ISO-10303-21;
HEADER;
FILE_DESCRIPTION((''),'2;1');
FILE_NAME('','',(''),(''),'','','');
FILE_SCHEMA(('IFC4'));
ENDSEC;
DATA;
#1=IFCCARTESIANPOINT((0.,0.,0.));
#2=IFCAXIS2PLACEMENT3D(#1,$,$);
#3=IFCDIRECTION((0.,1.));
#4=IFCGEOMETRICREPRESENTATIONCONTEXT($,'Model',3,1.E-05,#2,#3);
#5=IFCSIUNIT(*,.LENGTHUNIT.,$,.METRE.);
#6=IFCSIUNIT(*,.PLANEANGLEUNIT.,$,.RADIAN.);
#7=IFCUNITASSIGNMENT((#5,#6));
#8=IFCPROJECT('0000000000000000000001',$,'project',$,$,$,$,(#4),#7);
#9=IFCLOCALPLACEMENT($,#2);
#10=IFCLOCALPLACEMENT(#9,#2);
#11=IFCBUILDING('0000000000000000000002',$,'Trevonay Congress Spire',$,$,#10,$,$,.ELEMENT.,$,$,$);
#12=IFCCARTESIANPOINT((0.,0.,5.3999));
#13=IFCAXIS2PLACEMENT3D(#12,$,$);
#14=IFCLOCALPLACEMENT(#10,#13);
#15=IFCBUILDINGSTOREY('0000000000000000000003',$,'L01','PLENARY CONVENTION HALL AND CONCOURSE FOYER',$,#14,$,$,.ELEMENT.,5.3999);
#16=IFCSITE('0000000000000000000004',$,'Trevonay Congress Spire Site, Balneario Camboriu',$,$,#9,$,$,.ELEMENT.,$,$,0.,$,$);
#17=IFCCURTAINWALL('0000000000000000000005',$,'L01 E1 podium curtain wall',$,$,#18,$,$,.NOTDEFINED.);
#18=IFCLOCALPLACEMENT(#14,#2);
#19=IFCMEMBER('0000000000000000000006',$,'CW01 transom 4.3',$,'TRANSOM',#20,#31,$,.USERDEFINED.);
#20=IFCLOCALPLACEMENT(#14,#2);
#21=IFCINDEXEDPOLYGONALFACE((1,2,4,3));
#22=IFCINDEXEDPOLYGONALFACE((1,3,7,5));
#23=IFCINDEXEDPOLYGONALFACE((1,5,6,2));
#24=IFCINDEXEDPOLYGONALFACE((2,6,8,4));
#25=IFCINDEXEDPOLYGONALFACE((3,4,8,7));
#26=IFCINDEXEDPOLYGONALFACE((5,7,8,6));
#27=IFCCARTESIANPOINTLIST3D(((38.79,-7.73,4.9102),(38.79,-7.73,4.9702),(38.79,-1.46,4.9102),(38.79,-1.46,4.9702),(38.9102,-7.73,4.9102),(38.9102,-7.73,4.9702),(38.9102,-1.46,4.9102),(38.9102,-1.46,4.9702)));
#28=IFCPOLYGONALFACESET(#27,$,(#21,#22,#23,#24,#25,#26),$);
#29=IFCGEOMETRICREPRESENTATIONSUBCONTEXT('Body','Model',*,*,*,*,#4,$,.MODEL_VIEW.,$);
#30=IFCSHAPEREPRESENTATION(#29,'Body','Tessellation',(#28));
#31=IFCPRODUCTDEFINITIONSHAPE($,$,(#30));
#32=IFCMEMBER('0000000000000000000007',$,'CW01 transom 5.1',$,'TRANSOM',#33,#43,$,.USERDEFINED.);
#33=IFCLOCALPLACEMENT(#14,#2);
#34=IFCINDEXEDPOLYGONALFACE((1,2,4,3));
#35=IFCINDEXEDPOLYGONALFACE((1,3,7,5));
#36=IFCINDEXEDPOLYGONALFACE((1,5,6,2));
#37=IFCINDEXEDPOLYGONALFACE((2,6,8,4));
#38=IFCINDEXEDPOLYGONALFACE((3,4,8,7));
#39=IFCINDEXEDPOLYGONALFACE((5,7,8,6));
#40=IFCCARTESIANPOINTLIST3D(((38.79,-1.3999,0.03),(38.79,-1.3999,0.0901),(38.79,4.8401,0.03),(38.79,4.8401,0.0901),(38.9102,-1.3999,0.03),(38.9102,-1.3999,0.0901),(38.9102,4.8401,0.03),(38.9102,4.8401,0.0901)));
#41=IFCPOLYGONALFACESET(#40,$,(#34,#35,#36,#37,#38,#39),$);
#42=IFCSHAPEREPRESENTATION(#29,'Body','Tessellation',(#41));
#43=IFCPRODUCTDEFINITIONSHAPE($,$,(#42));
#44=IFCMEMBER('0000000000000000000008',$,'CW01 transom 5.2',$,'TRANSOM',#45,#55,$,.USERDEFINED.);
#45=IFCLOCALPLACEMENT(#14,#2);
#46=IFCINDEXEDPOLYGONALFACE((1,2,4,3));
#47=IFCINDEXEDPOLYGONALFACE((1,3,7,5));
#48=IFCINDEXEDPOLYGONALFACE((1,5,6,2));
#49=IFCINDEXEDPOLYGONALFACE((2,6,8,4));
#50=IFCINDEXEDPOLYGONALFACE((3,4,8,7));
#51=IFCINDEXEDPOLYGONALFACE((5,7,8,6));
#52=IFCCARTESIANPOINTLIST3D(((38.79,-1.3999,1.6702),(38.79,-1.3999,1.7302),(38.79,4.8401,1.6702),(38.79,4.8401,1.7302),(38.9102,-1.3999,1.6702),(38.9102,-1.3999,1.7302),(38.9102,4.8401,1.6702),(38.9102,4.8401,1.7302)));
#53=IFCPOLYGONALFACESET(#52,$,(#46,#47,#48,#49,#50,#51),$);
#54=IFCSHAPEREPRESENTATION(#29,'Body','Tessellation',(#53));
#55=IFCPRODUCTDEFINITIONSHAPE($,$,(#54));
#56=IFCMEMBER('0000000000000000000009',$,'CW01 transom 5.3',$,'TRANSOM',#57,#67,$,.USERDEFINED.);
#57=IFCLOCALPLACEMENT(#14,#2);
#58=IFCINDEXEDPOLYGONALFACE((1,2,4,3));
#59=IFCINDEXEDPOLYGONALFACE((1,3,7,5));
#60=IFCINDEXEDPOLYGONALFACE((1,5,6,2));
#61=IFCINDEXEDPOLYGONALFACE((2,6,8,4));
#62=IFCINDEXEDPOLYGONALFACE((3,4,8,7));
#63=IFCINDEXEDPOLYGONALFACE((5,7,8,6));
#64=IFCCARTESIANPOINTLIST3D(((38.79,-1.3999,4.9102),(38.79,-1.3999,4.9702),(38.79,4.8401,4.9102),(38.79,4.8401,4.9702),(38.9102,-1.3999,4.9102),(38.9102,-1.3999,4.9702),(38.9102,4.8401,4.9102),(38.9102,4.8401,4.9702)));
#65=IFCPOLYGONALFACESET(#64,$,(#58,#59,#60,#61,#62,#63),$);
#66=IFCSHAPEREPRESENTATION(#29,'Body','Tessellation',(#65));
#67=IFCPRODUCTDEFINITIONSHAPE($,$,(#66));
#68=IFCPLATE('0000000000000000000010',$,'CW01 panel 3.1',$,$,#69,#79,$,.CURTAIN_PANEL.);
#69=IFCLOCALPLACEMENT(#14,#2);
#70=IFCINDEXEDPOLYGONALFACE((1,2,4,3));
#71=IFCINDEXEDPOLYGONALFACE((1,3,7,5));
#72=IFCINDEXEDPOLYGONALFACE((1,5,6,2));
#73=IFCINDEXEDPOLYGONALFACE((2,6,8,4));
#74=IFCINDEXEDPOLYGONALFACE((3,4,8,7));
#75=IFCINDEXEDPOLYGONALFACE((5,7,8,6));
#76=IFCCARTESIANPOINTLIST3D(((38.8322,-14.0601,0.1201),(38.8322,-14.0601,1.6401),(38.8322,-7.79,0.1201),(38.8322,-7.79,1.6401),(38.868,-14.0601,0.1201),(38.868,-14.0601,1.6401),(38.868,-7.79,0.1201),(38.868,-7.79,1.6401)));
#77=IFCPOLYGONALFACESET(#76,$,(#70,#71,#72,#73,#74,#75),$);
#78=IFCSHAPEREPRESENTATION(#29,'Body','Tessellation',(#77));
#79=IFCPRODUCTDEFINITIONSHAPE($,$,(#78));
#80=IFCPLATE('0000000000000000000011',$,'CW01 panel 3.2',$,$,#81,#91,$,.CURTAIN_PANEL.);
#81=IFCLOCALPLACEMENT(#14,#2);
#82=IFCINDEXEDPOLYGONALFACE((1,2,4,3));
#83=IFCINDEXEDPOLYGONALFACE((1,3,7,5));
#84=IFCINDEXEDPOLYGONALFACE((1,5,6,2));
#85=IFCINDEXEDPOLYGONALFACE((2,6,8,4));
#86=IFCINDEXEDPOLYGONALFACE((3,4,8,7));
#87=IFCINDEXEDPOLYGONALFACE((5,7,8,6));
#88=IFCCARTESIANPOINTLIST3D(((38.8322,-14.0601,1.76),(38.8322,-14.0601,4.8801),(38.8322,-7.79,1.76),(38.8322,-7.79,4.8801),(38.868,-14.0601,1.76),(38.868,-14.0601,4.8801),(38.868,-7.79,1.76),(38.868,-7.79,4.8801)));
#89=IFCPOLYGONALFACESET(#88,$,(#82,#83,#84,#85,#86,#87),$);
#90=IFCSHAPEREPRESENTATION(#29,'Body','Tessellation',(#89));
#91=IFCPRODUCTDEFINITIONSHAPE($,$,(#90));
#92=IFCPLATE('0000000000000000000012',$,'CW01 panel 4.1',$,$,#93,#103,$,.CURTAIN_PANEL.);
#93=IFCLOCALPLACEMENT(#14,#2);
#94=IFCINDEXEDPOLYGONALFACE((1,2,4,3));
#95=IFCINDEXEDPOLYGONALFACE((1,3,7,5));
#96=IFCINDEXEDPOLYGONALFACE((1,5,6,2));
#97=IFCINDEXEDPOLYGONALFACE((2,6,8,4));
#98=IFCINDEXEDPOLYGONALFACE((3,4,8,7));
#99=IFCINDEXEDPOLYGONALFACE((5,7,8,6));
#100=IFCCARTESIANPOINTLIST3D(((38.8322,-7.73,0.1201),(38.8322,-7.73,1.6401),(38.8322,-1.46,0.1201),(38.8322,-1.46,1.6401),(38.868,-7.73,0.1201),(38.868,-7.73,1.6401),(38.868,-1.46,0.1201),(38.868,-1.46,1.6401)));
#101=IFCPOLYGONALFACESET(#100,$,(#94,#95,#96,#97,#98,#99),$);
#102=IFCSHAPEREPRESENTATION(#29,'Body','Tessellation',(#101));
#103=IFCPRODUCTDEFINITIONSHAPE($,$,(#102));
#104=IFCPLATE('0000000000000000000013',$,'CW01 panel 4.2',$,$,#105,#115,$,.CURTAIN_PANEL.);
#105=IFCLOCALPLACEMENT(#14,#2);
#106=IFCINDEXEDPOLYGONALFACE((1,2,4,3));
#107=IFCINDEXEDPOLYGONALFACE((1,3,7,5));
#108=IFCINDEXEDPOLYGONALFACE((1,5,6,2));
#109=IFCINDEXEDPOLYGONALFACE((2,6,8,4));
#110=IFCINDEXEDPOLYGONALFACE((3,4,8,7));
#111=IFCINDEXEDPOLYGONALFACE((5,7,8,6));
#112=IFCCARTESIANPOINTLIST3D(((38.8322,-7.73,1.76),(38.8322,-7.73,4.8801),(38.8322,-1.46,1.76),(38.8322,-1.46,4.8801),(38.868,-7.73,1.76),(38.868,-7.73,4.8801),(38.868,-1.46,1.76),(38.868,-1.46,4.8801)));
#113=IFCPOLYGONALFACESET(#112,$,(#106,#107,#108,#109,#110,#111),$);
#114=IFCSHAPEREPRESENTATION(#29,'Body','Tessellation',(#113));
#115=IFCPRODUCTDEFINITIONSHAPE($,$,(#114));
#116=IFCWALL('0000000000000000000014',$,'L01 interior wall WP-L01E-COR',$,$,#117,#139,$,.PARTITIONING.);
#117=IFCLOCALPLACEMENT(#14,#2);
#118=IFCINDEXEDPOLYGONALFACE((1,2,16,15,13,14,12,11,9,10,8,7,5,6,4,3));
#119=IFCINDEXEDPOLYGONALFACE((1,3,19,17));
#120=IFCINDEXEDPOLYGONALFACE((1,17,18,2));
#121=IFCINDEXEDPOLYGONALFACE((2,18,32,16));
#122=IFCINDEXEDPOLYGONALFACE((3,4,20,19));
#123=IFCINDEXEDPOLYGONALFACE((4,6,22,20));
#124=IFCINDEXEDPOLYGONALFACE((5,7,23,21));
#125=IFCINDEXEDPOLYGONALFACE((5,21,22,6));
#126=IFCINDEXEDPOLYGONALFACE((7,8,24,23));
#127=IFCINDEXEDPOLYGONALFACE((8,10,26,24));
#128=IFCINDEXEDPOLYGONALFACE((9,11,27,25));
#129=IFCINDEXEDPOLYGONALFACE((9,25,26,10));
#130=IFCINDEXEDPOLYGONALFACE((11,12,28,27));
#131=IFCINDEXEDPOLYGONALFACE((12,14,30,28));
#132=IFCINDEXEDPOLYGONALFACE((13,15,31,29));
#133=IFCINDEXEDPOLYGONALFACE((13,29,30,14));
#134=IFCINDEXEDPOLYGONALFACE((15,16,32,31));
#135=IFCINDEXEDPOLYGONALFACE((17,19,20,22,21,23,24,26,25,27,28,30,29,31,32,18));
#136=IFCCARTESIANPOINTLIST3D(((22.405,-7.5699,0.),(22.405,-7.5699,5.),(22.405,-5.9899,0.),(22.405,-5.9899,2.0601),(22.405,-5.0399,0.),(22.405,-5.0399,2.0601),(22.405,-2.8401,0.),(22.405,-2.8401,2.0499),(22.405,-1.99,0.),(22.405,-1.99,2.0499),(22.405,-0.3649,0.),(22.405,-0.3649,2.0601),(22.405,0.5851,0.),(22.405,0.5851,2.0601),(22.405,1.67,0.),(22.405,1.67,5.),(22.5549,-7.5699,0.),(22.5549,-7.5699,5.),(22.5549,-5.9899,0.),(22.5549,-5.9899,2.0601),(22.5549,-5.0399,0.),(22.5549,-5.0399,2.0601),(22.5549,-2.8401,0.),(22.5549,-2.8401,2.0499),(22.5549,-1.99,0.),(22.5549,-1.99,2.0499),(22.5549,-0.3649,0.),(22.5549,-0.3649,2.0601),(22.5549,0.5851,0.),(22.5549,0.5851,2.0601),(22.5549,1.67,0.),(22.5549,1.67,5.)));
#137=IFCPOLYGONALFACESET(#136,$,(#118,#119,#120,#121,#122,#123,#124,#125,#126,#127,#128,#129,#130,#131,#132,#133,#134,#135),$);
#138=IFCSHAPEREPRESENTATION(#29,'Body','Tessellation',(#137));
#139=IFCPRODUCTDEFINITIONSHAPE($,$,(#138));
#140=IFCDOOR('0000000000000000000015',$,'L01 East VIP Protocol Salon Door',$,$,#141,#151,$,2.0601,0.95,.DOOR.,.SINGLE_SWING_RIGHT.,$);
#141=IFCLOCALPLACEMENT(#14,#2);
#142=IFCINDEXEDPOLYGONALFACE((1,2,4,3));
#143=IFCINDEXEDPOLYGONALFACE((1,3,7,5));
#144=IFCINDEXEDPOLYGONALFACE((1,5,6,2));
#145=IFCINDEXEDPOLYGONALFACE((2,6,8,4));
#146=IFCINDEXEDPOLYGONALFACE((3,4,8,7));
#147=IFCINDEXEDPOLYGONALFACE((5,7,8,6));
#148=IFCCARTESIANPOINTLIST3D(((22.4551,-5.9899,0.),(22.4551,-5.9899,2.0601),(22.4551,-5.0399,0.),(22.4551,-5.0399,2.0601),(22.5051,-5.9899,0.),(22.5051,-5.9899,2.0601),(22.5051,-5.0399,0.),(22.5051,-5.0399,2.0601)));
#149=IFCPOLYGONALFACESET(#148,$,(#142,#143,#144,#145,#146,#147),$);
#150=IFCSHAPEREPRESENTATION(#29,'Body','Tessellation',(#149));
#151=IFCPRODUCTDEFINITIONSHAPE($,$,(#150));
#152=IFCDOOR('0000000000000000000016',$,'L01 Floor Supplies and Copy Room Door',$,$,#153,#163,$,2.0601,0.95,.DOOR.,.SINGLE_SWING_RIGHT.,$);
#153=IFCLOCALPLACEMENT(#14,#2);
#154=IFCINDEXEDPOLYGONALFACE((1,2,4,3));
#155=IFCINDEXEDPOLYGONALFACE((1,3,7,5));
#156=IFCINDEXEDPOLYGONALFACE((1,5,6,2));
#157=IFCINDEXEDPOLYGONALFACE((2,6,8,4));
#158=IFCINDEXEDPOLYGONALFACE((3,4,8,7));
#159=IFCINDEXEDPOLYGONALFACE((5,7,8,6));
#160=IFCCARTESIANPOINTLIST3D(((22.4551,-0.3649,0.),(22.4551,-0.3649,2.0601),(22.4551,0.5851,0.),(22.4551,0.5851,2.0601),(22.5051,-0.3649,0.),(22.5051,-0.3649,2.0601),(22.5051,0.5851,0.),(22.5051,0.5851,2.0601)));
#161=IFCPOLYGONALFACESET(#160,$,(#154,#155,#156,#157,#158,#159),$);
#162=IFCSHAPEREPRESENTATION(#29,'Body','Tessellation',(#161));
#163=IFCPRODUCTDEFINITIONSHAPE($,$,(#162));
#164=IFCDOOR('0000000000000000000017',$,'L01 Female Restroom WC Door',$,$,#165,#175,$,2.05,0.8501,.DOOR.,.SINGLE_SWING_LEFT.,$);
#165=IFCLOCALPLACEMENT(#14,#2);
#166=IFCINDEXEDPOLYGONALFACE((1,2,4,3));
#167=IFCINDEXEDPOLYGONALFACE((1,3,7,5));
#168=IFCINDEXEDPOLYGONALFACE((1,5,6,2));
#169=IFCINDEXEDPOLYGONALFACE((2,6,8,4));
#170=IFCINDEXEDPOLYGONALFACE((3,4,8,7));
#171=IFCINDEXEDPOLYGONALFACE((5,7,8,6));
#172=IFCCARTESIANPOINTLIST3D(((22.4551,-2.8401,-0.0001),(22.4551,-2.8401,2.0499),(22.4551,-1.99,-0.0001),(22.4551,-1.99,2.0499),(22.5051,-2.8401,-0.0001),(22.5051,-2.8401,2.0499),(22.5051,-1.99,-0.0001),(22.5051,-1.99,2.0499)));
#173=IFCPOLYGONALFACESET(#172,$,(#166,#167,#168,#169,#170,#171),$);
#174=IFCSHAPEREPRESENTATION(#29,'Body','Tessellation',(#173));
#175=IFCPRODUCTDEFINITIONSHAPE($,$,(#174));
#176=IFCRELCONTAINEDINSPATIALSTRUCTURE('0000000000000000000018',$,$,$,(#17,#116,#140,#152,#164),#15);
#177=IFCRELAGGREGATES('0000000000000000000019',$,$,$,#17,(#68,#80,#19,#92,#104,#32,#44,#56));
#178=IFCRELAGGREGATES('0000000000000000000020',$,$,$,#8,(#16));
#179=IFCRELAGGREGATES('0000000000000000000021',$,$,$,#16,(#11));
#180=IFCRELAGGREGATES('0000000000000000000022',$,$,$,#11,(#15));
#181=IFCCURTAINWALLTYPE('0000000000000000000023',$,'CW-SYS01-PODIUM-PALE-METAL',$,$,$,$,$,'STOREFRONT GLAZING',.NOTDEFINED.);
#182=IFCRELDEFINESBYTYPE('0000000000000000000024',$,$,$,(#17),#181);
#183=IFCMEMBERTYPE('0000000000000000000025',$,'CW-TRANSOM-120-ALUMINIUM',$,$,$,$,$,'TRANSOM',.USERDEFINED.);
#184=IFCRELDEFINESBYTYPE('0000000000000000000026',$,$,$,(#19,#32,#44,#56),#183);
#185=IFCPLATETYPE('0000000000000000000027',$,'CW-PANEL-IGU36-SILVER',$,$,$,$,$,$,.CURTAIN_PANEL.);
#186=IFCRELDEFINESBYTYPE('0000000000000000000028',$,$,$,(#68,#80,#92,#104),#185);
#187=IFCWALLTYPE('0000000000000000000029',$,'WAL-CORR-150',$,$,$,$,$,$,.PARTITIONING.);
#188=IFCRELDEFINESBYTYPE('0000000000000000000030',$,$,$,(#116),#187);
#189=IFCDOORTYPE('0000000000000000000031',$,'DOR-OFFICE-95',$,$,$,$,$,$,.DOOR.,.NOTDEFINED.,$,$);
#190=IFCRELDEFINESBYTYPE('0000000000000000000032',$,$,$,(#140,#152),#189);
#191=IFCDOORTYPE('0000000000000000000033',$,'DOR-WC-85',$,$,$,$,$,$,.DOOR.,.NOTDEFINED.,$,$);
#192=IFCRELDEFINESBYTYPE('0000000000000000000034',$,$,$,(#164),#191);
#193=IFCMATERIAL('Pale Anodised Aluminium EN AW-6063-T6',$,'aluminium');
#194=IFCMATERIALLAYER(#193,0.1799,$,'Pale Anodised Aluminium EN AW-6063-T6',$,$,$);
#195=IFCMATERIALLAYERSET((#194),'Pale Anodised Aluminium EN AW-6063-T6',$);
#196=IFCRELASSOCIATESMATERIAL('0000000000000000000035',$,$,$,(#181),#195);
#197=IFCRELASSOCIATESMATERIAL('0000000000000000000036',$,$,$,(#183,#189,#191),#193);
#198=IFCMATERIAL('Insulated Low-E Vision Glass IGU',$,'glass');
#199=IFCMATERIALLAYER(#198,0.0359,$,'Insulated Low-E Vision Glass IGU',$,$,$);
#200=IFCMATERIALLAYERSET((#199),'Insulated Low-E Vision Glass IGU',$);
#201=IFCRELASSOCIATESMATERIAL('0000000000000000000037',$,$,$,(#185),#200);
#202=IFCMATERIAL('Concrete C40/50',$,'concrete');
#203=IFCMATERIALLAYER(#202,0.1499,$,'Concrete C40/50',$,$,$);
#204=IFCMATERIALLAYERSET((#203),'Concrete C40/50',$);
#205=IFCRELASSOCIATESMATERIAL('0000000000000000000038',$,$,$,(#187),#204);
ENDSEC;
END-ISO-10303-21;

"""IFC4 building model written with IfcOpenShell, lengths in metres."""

from ifc_helpers import new_model, si_unit, direction, frame, frame_2d, origin, origin_2d, place, context, subcontext, project, spatial, rectangle, extrude, material, layer, layer_set, material_profile, profile_set, type_object, element, fill, aggregate, save


model = new_model("IFC4")

# Units and contexts
model_context = context("Model", 3, precision=1e-05, world=origin(), true_north=direction((0.0, 1.0)))
body_context = subcontext(model_context, "Body", "Model", "MODEL_VIEW")
ifc_project = project(units=[si_unit("LENGTHUNIT", "METRE"), si_unit("PLANEANGLEUNIT", "RADIAN")], contexts=[model_context])

# Site, building, storey
site_placement = place(None, origin())
site = spatial("IfcSite", under=ifc_project, at=site_placement, Name="Trevonay Congress Spire Site, Balneario Camboriu", CompositionType="ELEMENT", RefElevation=0.0)
building_placement = place(site_placement, origin())
building = spatial("IfcBuilding", under=site, at=building_placement, Name="Trevonay Congress Spire", CompositionType="ELEMENT")
storey_placement = place(building_placement, frame((0.0, 0.0, 5.3999)))
storey = spatial("IfcBuildingStorey", under=building, at=storey_placement, Name="L01", Description="PLENARY CONVENTION HALL AND CONCOURSE FOYER", CompositionType="ELEMENT", Elevation=5.3999)

# Curtain wall, members, plates
ifc_material_1 = material(Name="Pale Anodised Aluminium EN AW-6063-T6", Category="aluminium")
ifc_layer_1 = layer(ifc_material_1, 0.1799, Name="Pale Anodised Aluminium EN AW-6063-T6")
ifc_layer_set_1 = layer_set([ifc_layer_1], Name="Pale Anodised Aluminium EN AW-6063-T6")
curtain_wall_type = type_object("IfcCurtainWallType", Name="CW-SYS01-PODIUM-PALE-METAL", ElementType="STOREFRONT GLAZING", PredefinedType="NOTDEFINED", material=ifc_layer_set_1)
curtain_wall_placement = place(storey_placement, origin())
curtain_wall = element("IfcCurtainWall", 1, at=curtain_wall_placement, inside=storey, type_object=curtain_wall_type, Name="L01 E1 podium curtain wall", PredefinedType="NOTDEFINED")
ifc_material_profile_1 = material_profile(ifc_material_1, rectangle(XDim=0.1201, YDim=0.0601, at=origin_2d()), Name="CW-TRANSOM-120-ALUMINIUM")
ifc_profile_set_1 = profile_set([ifc_material_profile_1], Name="Pale Anodised Aluminium EN AW-6063-T6")
member_type_1 = type_object("IfcMemberType", Name="CW-TRANSOM-120-ALUMINIUM", ElementType="TRANSOM", PredefinedType="USERDEFINED", material=ifc_profile_set_1)
member_1_placement = place(storey_placement, frame((38.8501, -7.73, 4.9402), z_axis=(0.0, 1.0, 0.0), x_axis=(-1.0, 0.0, 0.0)))
member_1 = element("IfcMember", 2, at=member_1_placement, type_object=member_type_1, Name="CW01 transom 4.3", ObjectType="TRANSOM", PredefinedType="USERDEFINED", context=body_context, shape_type="SweptSolid", body=[
    extrude(rectangle(XDim=0.1201, YDim=0.0601, at=origin_2d()), origin(), (0.0, 0.0, 1.0), 6.27),
])
member_2_placement = place(storey_placement, frame((38.8501, -1.3999, 0.0601), z_axis=(0.0, 1.0, 0.0), x_axis=(-1.0, 0.0, 0.0)))
member_2 = element("IfcMember", 3, at=member_2_placement, type_object=member_type_1, Name="CW01 transom 5.1", ObjectType="TRANSOM", PredefinedType="USERDEFINED", context=body_context, shape_type="SweptSolid", body=[
    extrude(rectangle(XDim=0.1201, YDim=0.0601, at=origin_2d()), origin(), (0.0, 0.0, 1.0), 6.24),
])
member_3_placement = place(storey_placement, frame((38.8501, -1.3999, 1.7002), z_axis=(0.0, 1.0, 0.0), x_axis=(-1.0, 0.0, 0.0)))
member_3 = element("IfcMember", 4, at=member_3_placement, type_object=member_type_1, Name="CW01 transom 5.2", ObjectType="TRANSOM", PredefinedType="USERDEFINED", context=body_context, shape_type="SweptSolid", body=[
    extrude(rectangle(XDim=0.1201, YDim=0.0601, at=origin_2d()), origin(), (0.0, 0.0, 1.0), 6.24),
])
member_4_placement = place(storey_placement, frame((38.8501, -1.3999, 4.9402), z_axis=(0.0, 1.0, 0.0), x_axis=(-1.0, 0.0, 0.0)))
member_4 = element("IfcMember", 5, at=member_4_placement, type_object=member_type_1, Name="CW01 transom 5.3", ObjectType="TRANSOM", PredefinedType="USERDEFINED", context=body_context, shape_type="SweptSolid", body=[
    extrude(rectangle(XDim=0.1201, YDim=0.0601, at=origin_2d()), origin(), (0.0, 0.0, 1.0), 6.24),
])
ifc_material_2 = material(Name="Insulated Low-E Vision Glass IGU", Category="glass")
ifc_layer_2 = layer(ifc_material_2, 0.0359, Name="Insulated Low-E Vision Glass IGU")
ifc_layer_set_2 = layer_set([ifc_layer_2], Name="Insulated Low-E Vision Glass IGU")
plate_type = type_object("IfcPlateType", Name="CW-PANEL-IGU36-SILVER", PredefinedType="CURTAIN_PANEL", material=ifc_layer_set_2)
plate_1_placement = place(storey_placement, frame((38.8501, -10.925, 0.1201), z_axis=(0.0, 0.0, 1.0), x_axis=(0.0, 1.0, 0.0)))
plate_1 = element("IfcPlate", 6, at=plate_1_placement, type_object=plate_type, Name="CW01 panel 3.1", PredefinedType="CURTAIN_PANEL", context=body_context, shape_type="SweptSolid", body=[
    extrude(rectangle(XDim=6.27, YDim=0.0359, at=origin_2d()), origin(), (0.0, 0.0, 1.0), 1.52),
])
plate_2_placement = place(storey_placement, frame((38.8501, -10.925, 1.76), z_axis=(0.0, 0.0, 1.0), x_axis=(0.0, 1.0, 0.0)))
plate_2 = element("IfcPlate", 7, at=plate_2_placement, type_object=plate_type, Name="CW01 panel 3.2", PredefinedType="CURTAIN_PANEL", context=body_context, shape_type="SweptSolid", body=[
    extrude(rectangle(XDim=6.27, YDim=0.0359, at=origin_2d()), origin(), (0.0, 0.0, 1.0), 3.1201),
])
plate_3_placement = place(storey_placement, frame((38.8501, -4.595, 0.1201), z_axis=(0.0, 0.0, 1.0), x_axis=(0.0, 1.0, 0.0)))
plate_3 = element("IfcPlate", 8, at=plate_3_placement, type_object=plate_type, Name="CW01 panel 4.1", PredefinedType="CURTAIN_PANEL", context=body_context, shape_type="SweptSolid", body=[
    extrude(rectangle(XDim=6.27, YDim=0.0359, at=origin_2d()), origin(), (0.0, 0.0, 1.0), 1.52),
])
plate_4_placement = place(storey_placement, frame((38.8501, -4.595, 1.76), z_axis=(0.0, 0.0, 1.0), x_axis=(0.0, 1.0, 0.0)))
plate_4 = element("IfcPlate", 9, at=plate_4_placement, type_object=plate_type, Name="CW01 panel 4.2", PredefinedType="CURTAIN_PANEL", context=body_context, shape_type="SweptSolid", body=[
    extrude(rectangle(XDim=6.27, YDim=0.0359, at=origin_2d()), origin(), (0.0, 0.0, 1.0), 3.1201),
])
aggregate(curtain_wall, [plate_1, plate_2, member_1, plate_3, plate_4, member_2, member_3, member_4])

# Wall, openings, doors
ifc_material_3 = material(Name="Concrete C40/50", Category="concrete")
ifc_layer_3 = layer(ifc_material_3, 0.1499, Name="Concrete C40/50")
ifc_layer_set_3 = layer_set([ifc_layer_3], Name="Concrete C40/50")
wall_type_1 = type_object("IfcWallType", Name="WAL-CORR-150", PredefinedType="PARTITIONING", material=ifc_layer_set_3)
wall_placement = place(storey_placement, frame((22.48, -7.5701, 0.0), z_axis=(0.0, 0.0, 1.0), x_axis=(0.0, 1.0, 0.0)))
wall = element("IfcWall", 10, at=wall_placement, inside=storey, type_object=wall_type_1, Name="L01 interior wall WP-L01E-COR", PredefinedType="PARTITIONING", context=body_context, shape_type="SweptSolid", body=[
    extrude(rectangle(XDim=9.24, YDim=0.1499, at=frame_2d((4.6201, 0.0))), origin(), (0.0, 0.0, 1.0), 5.0),
])
opening_1_placement = place(wall_placement, frame((1.5801, 0.0, 0.0)))
opening_1 = element("IfcOpeningElement", 11, at=opening_1_placement, cuts=wall, PredefinedType="OPENING", context=body_context, shape_type="SweptSolid", body=[
    extrude(rectangle(XDim=0.95, YDim=2.0601, at=frame_2d((0.4751, 1.03))), frame((0.0, 0.085, 0.0), z_axis=(0.0, -1.0, 0.0), x_axis=(1.0, 0.0, 0.0)), (0.0, 0.0, 1.0), 0.1699),
])
opening_2_placement = place(wall_placement, frame((4.73, 0.0, 0.0)))
opening_2 = element("IfcOpeningElement", 12, at=opening_2_placement, cuts=wall, PredefinedType="OPENING", context=body_context, shape_type="SweptSolid", body=[
    extrude(rectangle(XDim=0.8501, YDim=2.05, at=frame_2d((0.425, 1.0249))), frame((0.0, 0.085, 0.0), z_axis=(0.0, -1.0, 0.0), x_axis=(1.0, 0.0, 0.0)), (0.0, 0.0, 1.0), 0.1699),
])
opening_3_placement = place(wall_placement, frame((7.2051, 0.0, 0.0)))
opening_3 = element("IfcOpeningElement", 13, at=opening_3_placement, cuts=wall, PredefinedType="OPENING", context=body_context, shape_type="SweptSolid", body=[
    extrude(rectangle(XDim=0.95, YDim=2.0601, at=frame_2d((0.4751, 1.03))), frame((0.0, 0.085, 0.0), z_axis=(0.0, -1.0, 0.0), x_axis=(1.0, 0.0, 0.0)), (0.0, 0.0, 1.0), 0.1699),
])
door_type_1 = type_object("IfcDoorType", Name="DOR-OFFICE-95", OperationType="NOTDEFINED", PredefinedType="DOOR", material=ifc_material_1)
door_1_placement = place(opening_1_placement, origin())
door_1 = element("IfcDoor", 14, at=door_1_placement, inside=storey, type_object=door_type_1, Name="L01 East VIP Protocol Salon Door", OperationType="SINGLE_SWING_RIGHT", OverallHeight=2.0601, OverallWidth=0.95, PredefinedType="DOOR", context=body_context, shape_type="SweptSolid", body=[
    extrude(rectangle(XDim=0.95, YDim=2.0601, at=frame_2d((0.4751, 1.03))), frame((0.0, 0.0249, 0.0), z_axis=(0.0, -1.0, 0.0), x_axis=(1.0, 0.0, 0.0)), (0.0, 0.0, 1.0), 0.05),
])
fill(opening_1, door_1)
door_2_placement = place(opening_3_placement, origin())
door_2 = element("IfcDoor", 15, at=door_2_placement, inside=storey, type_object=door_type_1, Name="L01 Floor Supplies and Copy Room Door", OperationType="SINGLE_SWING_RIGHT", OverallHeight=2.0601, OverallWidth=0.95, PredefinedType="DOOR", context=body_context, shape_type="SweptSolid", body=[
    extrude(rectangle(XDim=0.95, YDim=2.0601, at=frame_2d((0.4751, 1.03))), frame((0.0, 0.0249, 0.0), z_axis=(0.0, -1.0, 0.0), x_axis=(1.0, 0.0, 0.0)), (0.0, 0.0, 1.0), 0.05),
])
fill(opening_3, door_2)
door_type_2 = type_object("IfcDoorType", Name="DOR-WC-85", OperationType="NOTDEFINED", PredefinedType="DOOR", material=ifc_material_1)
door_3_placement = place(opening_2_placement, origin())
door_3 = element("IfcDoor", 16, at=door_3_placement, inside=storey, type_object=door_type_2, Name="L01 Female Restroom WC Door", OperationType="SINGLE_SWING_LEFT", OverallHeight=2.05, OverallWidth=0.8501, PredefinedType="DOOR", context=body_context, shape_type="SweptSolid", body=[
    extrude(rectangle(XDim=0.8501, YDim=2.05, at=frame_2d((0.425, 1.0249))), frame((0.0, 0.0249, 0.0), z_axis=(0.0, -1.0, 0.0), x_axis=(1.0, 0.0, 0.0)), (0.0, 0.0, 1.0), 0.05),
])
fill(opening_2, door_3)

save(model, "model.ifc")
